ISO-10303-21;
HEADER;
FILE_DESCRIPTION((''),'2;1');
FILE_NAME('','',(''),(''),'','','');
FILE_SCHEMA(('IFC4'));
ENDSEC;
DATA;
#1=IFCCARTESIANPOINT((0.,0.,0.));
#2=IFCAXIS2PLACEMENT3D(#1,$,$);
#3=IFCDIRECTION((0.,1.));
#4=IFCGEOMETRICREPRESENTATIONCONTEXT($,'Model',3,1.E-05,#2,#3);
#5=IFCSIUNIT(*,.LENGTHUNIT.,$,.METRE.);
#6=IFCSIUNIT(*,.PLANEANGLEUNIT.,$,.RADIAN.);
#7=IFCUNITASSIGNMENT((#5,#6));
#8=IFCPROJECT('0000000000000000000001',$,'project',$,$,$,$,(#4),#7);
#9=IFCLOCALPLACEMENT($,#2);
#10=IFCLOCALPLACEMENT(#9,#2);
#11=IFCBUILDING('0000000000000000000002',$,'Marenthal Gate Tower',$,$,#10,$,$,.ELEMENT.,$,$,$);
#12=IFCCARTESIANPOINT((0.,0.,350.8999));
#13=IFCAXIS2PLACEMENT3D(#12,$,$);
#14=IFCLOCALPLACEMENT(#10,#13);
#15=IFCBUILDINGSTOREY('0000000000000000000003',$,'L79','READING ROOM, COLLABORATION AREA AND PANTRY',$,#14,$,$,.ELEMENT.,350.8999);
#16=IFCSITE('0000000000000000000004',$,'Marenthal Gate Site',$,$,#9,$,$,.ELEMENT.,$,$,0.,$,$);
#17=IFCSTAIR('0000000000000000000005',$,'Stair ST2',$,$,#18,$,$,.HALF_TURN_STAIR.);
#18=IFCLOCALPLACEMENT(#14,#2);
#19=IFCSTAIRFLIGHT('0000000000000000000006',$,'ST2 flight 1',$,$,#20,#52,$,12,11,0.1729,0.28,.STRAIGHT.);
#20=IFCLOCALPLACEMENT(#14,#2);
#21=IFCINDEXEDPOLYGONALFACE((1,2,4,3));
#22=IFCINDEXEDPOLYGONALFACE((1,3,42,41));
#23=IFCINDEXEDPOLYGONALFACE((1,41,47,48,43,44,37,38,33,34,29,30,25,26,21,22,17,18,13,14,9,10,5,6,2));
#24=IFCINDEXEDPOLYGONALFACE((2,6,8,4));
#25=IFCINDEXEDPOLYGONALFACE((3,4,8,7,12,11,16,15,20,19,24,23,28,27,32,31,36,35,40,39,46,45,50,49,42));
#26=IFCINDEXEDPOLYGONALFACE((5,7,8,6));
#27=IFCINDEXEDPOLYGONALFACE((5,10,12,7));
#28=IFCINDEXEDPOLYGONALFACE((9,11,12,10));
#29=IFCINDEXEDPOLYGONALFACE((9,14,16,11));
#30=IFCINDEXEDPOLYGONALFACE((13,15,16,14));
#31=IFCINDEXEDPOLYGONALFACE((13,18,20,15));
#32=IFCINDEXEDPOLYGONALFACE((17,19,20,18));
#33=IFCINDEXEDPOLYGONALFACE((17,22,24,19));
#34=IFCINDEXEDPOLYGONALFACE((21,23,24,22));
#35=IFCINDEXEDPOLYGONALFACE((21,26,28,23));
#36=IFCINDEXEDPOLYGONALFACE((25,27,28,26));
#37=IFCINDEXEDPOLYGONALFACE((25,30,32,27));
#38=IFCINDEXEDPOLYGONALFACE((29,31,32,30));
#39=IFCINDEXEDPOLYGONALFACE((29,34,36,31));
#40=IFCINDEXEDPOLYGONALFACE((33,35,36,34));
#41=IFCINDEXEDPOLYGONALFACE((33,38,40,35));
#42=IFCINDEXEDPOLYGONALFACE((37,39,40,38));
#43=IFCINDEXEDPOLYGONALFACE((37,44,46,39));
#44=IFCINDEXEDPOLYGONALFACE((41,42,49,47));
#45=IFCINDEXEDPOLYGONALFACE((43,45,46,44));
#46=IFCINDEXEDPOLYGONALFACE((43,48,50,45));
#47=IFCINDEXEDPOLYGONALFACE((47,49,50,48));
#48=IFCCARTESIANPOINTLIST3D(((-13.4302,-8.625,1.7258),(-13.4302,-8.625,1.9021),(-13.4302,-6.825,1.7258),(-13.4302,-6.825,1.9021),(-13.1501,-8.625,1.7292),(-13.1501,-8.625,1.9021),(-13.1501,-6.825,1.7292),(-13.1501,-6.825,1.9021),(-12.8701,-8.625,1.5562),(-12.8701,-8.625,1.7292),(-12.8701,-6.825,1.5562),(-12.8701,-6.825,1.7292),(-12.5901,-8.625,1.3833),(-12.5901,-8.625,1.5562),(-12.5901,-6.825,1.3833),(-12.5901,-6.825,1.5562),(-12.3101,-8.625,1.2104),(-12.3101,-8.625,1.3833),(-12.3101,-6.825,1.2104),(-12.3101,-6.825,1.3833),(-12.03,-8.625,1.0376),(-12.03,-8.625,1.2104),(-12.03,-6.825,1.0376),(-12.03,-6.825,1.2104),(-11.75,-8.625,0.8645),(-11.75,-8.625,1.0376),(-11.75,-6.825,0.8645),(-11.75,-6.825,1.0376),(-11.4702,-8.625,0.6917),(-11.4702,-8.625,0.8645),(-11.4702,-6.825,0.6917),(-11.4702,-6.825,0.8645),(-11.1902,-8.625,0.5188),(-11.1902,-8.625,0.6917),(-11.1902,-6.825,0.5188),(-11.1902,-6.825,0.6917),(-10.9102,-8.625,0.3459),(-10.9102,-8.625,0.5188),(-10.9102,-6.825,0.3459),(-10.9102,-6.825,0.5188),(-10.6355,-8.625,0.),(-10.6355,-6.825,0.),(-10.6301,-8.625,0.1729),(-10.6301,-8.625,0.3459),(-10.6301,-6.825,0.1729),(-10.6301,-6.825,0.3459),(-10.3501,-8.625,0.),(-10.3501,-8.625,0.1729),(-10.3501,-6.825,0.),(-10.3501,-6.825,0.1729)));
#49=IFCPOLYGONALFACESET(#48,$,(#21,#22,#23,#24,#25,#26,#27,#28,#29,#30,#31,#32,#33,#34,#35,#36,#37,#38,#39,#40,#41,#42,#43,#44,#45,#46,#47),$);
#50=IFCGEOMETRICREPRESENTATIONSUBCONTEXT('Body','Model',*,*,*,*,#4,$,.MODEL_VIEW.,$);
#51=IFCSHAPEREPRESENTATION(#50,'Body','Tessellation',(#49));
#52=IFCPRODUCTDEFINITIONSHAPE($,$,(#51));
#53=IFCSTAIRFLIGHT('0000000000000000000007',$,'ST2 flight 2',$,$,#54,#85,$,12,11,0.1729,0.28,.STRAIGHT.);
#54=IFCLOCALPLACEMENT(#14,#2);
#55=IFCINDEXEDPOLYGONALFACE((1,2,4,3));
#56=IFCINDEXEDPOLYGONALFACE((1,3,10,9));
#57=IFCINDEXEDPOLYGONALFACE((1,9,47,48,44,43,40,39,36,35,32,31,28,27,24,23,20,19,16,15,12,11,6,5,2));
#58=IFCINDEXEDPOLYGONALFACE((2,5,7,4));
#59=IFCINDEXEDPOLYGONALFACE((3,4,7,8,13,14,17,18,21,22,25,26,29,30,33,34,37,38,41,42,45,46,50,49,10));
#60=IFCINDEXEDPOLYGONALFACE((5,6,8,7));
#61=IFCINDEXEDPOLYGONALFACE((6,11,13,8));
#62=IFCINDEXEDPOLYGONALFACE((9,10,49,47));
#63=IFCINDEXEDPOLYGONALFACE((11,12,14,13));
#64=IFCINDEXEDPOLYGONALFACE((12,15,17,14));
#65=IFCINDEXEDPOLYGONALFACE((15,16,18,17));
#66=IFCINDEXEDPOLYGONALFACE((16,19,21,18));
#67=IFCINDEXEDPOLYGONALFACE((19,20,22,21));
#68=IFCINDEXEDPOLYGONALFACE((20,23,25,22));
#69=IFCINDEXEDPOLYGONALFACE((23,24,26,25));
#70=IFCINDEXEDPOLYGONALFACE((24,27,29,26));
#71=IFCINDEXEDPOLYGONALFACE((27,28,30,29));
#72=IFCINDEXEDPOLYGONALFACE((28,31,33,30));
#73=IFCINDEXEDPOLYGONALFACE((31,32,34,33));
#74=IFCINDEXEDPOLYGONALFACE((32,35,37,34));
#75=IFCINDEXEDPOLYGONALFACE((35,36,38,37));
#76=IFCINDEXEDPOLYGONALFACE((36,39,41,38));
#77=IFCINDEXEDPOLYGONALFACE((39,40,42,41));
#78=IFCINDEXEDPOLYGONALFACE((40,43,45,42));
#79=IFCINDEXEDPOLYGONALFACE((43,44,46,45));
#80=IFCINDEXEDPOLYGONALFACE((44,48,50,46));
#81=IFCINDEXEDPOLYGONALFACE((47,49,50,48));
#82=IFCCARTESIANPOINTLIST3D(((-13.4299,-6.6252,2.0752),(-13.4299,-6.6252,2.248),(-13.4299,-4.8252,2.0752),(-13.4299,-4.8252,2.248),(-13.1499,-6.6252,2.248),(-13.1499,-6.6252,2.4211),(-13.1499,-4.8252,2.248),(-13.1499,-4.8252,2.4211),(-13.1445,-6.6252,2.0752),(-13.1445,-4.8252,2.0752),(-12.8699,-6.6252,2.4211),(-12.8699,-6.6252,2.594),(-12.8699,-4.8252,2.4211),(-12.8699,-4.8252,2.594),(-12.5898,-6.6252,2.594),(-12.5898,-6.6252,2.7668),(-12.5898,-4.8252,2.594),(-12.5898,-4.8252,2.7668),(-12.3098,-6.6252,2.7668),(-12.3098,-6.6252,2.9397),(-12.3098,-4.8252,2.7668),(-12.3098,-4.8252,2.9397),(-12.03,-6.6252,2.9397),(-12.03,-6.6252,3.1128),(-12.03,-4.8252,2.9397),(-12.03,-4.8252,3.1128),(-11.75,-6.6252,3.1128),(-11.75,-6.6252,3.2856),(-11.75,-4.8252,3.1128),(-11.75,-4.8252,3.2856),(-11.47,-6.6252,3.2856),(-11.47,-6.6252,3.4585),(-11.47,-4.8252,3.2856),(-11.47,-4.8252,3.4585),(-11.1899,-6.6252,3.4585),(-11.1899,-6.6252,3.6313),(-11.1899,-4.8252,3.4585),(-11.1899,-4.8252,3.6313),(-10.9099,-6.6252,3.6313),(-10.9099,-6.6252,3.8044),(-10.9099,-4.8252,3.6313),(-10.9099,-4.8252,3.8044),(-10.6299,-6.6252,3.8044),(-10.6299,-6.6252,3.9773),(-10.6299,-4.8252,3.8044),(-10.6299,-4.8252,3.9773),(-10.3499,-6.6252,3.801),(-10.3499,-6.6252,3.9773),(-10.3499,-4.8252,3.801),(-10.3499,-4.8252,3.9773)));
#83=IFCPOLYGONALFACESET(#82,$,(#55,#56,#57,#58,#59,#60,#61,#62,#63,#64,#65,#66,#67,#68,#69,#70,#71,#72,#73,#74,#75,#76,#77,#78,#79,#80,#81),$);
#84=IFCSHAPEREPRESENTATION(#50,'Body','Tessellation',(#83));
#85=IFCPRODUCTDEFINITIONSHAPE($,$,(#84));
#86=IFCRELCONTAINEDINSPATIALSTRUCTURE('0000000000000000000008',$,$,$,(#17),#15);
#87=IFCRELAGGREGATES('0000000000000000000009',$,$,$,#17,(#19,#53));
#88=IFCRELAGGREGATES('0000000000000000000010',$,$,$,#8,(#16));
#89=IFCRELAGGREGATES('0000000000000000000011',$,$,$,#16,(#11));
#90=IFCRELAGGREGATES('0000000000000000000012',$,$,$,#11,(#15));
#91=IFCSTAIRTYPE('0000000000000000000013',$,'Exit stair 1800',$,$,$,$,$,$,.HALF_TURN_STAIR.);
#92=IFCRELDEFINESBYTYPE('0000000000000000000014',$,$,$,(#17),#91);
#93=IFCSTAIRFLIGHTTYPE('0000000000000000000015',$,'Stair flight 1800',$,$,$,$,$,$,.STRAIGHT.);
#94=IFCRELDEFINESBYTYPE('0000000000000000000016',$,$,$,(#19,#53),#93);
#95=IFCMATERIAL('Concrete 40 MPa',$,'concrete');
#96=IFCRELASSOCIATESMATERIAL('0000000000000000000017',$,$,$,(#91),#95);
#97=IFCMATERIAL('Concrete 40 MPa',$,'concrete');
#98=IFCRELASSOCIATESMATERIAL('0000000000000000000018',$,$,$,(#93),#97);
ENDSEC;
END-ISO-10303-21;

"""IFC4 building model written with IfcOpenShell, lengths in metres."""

from ifc_helpers import new_model, si_unit, direction, frame, origin, place, context, subcontext, project, spatial, polyline, outline, extrude, material, type_object, element, aggregate, save


model = new_model("IFC4")

# Units and contexts
model_context = context("Model", 3, precision=1e-05, world=origin(), true_north=direction((0.0, 1.0)))
body_context = subcontext(model_context, "Body", "Model", "MODEL_VIEW")
ifc_project = project(units=[si_unit("LENGTHUNIT", "METRE"), si_unit("PLANEANGLEUNIT", "RADIAN")], contexts=[model_context])

# Site, building, storey
site_placement = place(None, origin())
site = spatial("IfcSite", under=ifc_project, at=site_placement, Name="Marenthal Gate Site", CompositionType="ELEMENT", RefElevation=0.0)
building_placement = place(site_placement, origin())
building = spatial("IfcBuilding", under=site, at=building_placement, Name="Marenthal Gate Tower", CompositionType="ELEMENT")
storey_placement = place(building_placement, frame((0.0, 0.0, 350.8999)))
storey = spatial("IfcBuildingStorey", under=building, at=storey_placement, Name="L79", Description="READING ROOM, COLLABORATION AREA AND PANTRY", CompositionType="ELEMENT", Elevation=350.8999)

# Stair, stair flights
ifc_material_1 = material(Name="Concrete 40 MPa", Category="concrete")
stair_type = type_object("IfcStairType", Name="Exit stair 1800", PredefinedType="HALF_TURN_STAIR", material=ifc_material_1)
stair_placement = place(storey_placement, origin())
stair = element("IfcStair", 1, at=stair_placement, inside=storey, type_object=stair_type, Name="Stair ST2", PredefinedType="HALF_TURN_STAIR")
ifc_material_2 = material(Name="Concrete 40 MPa", Category="concrete")
stair_flight_type = type_object("IfcStairFlightType", Name="Stair flight 1800", PredefinedType="STRAIGHT", material=ifc_material_2)
stair_flight_1_placement = place(storey_placement, frame((-10.3501, -7.7251, 0.0), z_axis=(0.0, 0.0, 1.0), x_axis=(-1.0, 0.0, 0.0)))
stair_flight_1 = element("IfcStairFlight", 2, at=stair_flight_1_placement, type_object=stair_flight_type, Name="ST2 flight 1", NumberOfRisers=12, NumberOfTreads=11, PredefinedType="STRAIGHT", RiserHeight=0.1729, TreadLength=0.28, context=body_context, shape_type="SweptSolid", body=[
    extrude(outline(polyline([(0.0, 0.0), (0.0, 0.1729), (0.28, 0.1729), (0.28, 0.3459), (0.5601, 0.3459), (0.5601, 0.5188), (0.8401, 0.5188), (0.8401, 0.6917), (1.1201, 0.6917), (1.1201, 0.8645), (1.3999, 0.8645), (1.3999, 1.0376), (1.6799, 1.0376), (1.6799, 1.2104), (1.96, 1.2104), (1.96, 1.3833), (2.24, 1.3833), (2.24, 1.5562), (2.52, 1.5562), (2.52, 1.7292), (2.8, 1.7292), (2.8, 1.9021), (3.0801, 1.9021), (3.0801, 2.075), (3.0801, 1.7258), (0.2854, 0.0), (0.0, 0.0)])), frame((0.0, 0.8999, 0.0), z_axis=(0.0, -1.0, 0.0), x_axis=(1.0, 0.0, 0.0)), (0.0, 0.0, 1.0), 1.8),
])
stair_flight_2_placement = place(storey_placement, frame((-13.4299, -5.7251, 2.0752), z_axis=(0.0, 0.0, 1.0), x_axis=(1.0, 0.0, 0.0)))
stair_flight_2 = element("IfcStairFlight", 3, at=stair_flight_2_placement, type_object=stair_flight_type, Name="ST2 flight 2", NumberOfRisers=12, NumberOfTreads=11, PredefinedType="STRAIGHT", RiserHeight=0.1729, TreadLength=0.28, context=body_context, shape_type="SweptSolid", body=[
    extrude(outline(polyline([(0.0, 0.0), (0.0, 0.1729), (0.28, 0.1729), (0.28, 0.3459), (0.5601, 0.3459), (0.5601, 0.5188), (0.8401, 0.5188), (0.8401, 0.6917), (1.1201, 0.6917), (1.1201, 0.8645), (1.3999, 0.8645), (1.3999, 1.0376), (1.6799, 1.0376), (1.6799, 1.2104), (1.96, 1.2104), (1.96, 1.3833), (2.24, 1.3833), (2.24, 1.5562), (2.52, 1.5562), (2.52, 1.7292), (2.8, 1.7292), (2.8, 1.9021), (3.0801, 1.9021), (3.0801, 2.075), (3.0801, 1.7258), (0.2854, 0.0), (0.0, 0.0)])), frame((0.0, 0.8999, 0.0), z_axis=(0.0, -1.0, 0.0), x_axis=(1.0, 0.0, 0.0)), (0.0, 0.0, 1.0), 1.8),
])
aggregate(stair, [stair_flight_1, stair_flight_2])

save(model, "model.ifc")
